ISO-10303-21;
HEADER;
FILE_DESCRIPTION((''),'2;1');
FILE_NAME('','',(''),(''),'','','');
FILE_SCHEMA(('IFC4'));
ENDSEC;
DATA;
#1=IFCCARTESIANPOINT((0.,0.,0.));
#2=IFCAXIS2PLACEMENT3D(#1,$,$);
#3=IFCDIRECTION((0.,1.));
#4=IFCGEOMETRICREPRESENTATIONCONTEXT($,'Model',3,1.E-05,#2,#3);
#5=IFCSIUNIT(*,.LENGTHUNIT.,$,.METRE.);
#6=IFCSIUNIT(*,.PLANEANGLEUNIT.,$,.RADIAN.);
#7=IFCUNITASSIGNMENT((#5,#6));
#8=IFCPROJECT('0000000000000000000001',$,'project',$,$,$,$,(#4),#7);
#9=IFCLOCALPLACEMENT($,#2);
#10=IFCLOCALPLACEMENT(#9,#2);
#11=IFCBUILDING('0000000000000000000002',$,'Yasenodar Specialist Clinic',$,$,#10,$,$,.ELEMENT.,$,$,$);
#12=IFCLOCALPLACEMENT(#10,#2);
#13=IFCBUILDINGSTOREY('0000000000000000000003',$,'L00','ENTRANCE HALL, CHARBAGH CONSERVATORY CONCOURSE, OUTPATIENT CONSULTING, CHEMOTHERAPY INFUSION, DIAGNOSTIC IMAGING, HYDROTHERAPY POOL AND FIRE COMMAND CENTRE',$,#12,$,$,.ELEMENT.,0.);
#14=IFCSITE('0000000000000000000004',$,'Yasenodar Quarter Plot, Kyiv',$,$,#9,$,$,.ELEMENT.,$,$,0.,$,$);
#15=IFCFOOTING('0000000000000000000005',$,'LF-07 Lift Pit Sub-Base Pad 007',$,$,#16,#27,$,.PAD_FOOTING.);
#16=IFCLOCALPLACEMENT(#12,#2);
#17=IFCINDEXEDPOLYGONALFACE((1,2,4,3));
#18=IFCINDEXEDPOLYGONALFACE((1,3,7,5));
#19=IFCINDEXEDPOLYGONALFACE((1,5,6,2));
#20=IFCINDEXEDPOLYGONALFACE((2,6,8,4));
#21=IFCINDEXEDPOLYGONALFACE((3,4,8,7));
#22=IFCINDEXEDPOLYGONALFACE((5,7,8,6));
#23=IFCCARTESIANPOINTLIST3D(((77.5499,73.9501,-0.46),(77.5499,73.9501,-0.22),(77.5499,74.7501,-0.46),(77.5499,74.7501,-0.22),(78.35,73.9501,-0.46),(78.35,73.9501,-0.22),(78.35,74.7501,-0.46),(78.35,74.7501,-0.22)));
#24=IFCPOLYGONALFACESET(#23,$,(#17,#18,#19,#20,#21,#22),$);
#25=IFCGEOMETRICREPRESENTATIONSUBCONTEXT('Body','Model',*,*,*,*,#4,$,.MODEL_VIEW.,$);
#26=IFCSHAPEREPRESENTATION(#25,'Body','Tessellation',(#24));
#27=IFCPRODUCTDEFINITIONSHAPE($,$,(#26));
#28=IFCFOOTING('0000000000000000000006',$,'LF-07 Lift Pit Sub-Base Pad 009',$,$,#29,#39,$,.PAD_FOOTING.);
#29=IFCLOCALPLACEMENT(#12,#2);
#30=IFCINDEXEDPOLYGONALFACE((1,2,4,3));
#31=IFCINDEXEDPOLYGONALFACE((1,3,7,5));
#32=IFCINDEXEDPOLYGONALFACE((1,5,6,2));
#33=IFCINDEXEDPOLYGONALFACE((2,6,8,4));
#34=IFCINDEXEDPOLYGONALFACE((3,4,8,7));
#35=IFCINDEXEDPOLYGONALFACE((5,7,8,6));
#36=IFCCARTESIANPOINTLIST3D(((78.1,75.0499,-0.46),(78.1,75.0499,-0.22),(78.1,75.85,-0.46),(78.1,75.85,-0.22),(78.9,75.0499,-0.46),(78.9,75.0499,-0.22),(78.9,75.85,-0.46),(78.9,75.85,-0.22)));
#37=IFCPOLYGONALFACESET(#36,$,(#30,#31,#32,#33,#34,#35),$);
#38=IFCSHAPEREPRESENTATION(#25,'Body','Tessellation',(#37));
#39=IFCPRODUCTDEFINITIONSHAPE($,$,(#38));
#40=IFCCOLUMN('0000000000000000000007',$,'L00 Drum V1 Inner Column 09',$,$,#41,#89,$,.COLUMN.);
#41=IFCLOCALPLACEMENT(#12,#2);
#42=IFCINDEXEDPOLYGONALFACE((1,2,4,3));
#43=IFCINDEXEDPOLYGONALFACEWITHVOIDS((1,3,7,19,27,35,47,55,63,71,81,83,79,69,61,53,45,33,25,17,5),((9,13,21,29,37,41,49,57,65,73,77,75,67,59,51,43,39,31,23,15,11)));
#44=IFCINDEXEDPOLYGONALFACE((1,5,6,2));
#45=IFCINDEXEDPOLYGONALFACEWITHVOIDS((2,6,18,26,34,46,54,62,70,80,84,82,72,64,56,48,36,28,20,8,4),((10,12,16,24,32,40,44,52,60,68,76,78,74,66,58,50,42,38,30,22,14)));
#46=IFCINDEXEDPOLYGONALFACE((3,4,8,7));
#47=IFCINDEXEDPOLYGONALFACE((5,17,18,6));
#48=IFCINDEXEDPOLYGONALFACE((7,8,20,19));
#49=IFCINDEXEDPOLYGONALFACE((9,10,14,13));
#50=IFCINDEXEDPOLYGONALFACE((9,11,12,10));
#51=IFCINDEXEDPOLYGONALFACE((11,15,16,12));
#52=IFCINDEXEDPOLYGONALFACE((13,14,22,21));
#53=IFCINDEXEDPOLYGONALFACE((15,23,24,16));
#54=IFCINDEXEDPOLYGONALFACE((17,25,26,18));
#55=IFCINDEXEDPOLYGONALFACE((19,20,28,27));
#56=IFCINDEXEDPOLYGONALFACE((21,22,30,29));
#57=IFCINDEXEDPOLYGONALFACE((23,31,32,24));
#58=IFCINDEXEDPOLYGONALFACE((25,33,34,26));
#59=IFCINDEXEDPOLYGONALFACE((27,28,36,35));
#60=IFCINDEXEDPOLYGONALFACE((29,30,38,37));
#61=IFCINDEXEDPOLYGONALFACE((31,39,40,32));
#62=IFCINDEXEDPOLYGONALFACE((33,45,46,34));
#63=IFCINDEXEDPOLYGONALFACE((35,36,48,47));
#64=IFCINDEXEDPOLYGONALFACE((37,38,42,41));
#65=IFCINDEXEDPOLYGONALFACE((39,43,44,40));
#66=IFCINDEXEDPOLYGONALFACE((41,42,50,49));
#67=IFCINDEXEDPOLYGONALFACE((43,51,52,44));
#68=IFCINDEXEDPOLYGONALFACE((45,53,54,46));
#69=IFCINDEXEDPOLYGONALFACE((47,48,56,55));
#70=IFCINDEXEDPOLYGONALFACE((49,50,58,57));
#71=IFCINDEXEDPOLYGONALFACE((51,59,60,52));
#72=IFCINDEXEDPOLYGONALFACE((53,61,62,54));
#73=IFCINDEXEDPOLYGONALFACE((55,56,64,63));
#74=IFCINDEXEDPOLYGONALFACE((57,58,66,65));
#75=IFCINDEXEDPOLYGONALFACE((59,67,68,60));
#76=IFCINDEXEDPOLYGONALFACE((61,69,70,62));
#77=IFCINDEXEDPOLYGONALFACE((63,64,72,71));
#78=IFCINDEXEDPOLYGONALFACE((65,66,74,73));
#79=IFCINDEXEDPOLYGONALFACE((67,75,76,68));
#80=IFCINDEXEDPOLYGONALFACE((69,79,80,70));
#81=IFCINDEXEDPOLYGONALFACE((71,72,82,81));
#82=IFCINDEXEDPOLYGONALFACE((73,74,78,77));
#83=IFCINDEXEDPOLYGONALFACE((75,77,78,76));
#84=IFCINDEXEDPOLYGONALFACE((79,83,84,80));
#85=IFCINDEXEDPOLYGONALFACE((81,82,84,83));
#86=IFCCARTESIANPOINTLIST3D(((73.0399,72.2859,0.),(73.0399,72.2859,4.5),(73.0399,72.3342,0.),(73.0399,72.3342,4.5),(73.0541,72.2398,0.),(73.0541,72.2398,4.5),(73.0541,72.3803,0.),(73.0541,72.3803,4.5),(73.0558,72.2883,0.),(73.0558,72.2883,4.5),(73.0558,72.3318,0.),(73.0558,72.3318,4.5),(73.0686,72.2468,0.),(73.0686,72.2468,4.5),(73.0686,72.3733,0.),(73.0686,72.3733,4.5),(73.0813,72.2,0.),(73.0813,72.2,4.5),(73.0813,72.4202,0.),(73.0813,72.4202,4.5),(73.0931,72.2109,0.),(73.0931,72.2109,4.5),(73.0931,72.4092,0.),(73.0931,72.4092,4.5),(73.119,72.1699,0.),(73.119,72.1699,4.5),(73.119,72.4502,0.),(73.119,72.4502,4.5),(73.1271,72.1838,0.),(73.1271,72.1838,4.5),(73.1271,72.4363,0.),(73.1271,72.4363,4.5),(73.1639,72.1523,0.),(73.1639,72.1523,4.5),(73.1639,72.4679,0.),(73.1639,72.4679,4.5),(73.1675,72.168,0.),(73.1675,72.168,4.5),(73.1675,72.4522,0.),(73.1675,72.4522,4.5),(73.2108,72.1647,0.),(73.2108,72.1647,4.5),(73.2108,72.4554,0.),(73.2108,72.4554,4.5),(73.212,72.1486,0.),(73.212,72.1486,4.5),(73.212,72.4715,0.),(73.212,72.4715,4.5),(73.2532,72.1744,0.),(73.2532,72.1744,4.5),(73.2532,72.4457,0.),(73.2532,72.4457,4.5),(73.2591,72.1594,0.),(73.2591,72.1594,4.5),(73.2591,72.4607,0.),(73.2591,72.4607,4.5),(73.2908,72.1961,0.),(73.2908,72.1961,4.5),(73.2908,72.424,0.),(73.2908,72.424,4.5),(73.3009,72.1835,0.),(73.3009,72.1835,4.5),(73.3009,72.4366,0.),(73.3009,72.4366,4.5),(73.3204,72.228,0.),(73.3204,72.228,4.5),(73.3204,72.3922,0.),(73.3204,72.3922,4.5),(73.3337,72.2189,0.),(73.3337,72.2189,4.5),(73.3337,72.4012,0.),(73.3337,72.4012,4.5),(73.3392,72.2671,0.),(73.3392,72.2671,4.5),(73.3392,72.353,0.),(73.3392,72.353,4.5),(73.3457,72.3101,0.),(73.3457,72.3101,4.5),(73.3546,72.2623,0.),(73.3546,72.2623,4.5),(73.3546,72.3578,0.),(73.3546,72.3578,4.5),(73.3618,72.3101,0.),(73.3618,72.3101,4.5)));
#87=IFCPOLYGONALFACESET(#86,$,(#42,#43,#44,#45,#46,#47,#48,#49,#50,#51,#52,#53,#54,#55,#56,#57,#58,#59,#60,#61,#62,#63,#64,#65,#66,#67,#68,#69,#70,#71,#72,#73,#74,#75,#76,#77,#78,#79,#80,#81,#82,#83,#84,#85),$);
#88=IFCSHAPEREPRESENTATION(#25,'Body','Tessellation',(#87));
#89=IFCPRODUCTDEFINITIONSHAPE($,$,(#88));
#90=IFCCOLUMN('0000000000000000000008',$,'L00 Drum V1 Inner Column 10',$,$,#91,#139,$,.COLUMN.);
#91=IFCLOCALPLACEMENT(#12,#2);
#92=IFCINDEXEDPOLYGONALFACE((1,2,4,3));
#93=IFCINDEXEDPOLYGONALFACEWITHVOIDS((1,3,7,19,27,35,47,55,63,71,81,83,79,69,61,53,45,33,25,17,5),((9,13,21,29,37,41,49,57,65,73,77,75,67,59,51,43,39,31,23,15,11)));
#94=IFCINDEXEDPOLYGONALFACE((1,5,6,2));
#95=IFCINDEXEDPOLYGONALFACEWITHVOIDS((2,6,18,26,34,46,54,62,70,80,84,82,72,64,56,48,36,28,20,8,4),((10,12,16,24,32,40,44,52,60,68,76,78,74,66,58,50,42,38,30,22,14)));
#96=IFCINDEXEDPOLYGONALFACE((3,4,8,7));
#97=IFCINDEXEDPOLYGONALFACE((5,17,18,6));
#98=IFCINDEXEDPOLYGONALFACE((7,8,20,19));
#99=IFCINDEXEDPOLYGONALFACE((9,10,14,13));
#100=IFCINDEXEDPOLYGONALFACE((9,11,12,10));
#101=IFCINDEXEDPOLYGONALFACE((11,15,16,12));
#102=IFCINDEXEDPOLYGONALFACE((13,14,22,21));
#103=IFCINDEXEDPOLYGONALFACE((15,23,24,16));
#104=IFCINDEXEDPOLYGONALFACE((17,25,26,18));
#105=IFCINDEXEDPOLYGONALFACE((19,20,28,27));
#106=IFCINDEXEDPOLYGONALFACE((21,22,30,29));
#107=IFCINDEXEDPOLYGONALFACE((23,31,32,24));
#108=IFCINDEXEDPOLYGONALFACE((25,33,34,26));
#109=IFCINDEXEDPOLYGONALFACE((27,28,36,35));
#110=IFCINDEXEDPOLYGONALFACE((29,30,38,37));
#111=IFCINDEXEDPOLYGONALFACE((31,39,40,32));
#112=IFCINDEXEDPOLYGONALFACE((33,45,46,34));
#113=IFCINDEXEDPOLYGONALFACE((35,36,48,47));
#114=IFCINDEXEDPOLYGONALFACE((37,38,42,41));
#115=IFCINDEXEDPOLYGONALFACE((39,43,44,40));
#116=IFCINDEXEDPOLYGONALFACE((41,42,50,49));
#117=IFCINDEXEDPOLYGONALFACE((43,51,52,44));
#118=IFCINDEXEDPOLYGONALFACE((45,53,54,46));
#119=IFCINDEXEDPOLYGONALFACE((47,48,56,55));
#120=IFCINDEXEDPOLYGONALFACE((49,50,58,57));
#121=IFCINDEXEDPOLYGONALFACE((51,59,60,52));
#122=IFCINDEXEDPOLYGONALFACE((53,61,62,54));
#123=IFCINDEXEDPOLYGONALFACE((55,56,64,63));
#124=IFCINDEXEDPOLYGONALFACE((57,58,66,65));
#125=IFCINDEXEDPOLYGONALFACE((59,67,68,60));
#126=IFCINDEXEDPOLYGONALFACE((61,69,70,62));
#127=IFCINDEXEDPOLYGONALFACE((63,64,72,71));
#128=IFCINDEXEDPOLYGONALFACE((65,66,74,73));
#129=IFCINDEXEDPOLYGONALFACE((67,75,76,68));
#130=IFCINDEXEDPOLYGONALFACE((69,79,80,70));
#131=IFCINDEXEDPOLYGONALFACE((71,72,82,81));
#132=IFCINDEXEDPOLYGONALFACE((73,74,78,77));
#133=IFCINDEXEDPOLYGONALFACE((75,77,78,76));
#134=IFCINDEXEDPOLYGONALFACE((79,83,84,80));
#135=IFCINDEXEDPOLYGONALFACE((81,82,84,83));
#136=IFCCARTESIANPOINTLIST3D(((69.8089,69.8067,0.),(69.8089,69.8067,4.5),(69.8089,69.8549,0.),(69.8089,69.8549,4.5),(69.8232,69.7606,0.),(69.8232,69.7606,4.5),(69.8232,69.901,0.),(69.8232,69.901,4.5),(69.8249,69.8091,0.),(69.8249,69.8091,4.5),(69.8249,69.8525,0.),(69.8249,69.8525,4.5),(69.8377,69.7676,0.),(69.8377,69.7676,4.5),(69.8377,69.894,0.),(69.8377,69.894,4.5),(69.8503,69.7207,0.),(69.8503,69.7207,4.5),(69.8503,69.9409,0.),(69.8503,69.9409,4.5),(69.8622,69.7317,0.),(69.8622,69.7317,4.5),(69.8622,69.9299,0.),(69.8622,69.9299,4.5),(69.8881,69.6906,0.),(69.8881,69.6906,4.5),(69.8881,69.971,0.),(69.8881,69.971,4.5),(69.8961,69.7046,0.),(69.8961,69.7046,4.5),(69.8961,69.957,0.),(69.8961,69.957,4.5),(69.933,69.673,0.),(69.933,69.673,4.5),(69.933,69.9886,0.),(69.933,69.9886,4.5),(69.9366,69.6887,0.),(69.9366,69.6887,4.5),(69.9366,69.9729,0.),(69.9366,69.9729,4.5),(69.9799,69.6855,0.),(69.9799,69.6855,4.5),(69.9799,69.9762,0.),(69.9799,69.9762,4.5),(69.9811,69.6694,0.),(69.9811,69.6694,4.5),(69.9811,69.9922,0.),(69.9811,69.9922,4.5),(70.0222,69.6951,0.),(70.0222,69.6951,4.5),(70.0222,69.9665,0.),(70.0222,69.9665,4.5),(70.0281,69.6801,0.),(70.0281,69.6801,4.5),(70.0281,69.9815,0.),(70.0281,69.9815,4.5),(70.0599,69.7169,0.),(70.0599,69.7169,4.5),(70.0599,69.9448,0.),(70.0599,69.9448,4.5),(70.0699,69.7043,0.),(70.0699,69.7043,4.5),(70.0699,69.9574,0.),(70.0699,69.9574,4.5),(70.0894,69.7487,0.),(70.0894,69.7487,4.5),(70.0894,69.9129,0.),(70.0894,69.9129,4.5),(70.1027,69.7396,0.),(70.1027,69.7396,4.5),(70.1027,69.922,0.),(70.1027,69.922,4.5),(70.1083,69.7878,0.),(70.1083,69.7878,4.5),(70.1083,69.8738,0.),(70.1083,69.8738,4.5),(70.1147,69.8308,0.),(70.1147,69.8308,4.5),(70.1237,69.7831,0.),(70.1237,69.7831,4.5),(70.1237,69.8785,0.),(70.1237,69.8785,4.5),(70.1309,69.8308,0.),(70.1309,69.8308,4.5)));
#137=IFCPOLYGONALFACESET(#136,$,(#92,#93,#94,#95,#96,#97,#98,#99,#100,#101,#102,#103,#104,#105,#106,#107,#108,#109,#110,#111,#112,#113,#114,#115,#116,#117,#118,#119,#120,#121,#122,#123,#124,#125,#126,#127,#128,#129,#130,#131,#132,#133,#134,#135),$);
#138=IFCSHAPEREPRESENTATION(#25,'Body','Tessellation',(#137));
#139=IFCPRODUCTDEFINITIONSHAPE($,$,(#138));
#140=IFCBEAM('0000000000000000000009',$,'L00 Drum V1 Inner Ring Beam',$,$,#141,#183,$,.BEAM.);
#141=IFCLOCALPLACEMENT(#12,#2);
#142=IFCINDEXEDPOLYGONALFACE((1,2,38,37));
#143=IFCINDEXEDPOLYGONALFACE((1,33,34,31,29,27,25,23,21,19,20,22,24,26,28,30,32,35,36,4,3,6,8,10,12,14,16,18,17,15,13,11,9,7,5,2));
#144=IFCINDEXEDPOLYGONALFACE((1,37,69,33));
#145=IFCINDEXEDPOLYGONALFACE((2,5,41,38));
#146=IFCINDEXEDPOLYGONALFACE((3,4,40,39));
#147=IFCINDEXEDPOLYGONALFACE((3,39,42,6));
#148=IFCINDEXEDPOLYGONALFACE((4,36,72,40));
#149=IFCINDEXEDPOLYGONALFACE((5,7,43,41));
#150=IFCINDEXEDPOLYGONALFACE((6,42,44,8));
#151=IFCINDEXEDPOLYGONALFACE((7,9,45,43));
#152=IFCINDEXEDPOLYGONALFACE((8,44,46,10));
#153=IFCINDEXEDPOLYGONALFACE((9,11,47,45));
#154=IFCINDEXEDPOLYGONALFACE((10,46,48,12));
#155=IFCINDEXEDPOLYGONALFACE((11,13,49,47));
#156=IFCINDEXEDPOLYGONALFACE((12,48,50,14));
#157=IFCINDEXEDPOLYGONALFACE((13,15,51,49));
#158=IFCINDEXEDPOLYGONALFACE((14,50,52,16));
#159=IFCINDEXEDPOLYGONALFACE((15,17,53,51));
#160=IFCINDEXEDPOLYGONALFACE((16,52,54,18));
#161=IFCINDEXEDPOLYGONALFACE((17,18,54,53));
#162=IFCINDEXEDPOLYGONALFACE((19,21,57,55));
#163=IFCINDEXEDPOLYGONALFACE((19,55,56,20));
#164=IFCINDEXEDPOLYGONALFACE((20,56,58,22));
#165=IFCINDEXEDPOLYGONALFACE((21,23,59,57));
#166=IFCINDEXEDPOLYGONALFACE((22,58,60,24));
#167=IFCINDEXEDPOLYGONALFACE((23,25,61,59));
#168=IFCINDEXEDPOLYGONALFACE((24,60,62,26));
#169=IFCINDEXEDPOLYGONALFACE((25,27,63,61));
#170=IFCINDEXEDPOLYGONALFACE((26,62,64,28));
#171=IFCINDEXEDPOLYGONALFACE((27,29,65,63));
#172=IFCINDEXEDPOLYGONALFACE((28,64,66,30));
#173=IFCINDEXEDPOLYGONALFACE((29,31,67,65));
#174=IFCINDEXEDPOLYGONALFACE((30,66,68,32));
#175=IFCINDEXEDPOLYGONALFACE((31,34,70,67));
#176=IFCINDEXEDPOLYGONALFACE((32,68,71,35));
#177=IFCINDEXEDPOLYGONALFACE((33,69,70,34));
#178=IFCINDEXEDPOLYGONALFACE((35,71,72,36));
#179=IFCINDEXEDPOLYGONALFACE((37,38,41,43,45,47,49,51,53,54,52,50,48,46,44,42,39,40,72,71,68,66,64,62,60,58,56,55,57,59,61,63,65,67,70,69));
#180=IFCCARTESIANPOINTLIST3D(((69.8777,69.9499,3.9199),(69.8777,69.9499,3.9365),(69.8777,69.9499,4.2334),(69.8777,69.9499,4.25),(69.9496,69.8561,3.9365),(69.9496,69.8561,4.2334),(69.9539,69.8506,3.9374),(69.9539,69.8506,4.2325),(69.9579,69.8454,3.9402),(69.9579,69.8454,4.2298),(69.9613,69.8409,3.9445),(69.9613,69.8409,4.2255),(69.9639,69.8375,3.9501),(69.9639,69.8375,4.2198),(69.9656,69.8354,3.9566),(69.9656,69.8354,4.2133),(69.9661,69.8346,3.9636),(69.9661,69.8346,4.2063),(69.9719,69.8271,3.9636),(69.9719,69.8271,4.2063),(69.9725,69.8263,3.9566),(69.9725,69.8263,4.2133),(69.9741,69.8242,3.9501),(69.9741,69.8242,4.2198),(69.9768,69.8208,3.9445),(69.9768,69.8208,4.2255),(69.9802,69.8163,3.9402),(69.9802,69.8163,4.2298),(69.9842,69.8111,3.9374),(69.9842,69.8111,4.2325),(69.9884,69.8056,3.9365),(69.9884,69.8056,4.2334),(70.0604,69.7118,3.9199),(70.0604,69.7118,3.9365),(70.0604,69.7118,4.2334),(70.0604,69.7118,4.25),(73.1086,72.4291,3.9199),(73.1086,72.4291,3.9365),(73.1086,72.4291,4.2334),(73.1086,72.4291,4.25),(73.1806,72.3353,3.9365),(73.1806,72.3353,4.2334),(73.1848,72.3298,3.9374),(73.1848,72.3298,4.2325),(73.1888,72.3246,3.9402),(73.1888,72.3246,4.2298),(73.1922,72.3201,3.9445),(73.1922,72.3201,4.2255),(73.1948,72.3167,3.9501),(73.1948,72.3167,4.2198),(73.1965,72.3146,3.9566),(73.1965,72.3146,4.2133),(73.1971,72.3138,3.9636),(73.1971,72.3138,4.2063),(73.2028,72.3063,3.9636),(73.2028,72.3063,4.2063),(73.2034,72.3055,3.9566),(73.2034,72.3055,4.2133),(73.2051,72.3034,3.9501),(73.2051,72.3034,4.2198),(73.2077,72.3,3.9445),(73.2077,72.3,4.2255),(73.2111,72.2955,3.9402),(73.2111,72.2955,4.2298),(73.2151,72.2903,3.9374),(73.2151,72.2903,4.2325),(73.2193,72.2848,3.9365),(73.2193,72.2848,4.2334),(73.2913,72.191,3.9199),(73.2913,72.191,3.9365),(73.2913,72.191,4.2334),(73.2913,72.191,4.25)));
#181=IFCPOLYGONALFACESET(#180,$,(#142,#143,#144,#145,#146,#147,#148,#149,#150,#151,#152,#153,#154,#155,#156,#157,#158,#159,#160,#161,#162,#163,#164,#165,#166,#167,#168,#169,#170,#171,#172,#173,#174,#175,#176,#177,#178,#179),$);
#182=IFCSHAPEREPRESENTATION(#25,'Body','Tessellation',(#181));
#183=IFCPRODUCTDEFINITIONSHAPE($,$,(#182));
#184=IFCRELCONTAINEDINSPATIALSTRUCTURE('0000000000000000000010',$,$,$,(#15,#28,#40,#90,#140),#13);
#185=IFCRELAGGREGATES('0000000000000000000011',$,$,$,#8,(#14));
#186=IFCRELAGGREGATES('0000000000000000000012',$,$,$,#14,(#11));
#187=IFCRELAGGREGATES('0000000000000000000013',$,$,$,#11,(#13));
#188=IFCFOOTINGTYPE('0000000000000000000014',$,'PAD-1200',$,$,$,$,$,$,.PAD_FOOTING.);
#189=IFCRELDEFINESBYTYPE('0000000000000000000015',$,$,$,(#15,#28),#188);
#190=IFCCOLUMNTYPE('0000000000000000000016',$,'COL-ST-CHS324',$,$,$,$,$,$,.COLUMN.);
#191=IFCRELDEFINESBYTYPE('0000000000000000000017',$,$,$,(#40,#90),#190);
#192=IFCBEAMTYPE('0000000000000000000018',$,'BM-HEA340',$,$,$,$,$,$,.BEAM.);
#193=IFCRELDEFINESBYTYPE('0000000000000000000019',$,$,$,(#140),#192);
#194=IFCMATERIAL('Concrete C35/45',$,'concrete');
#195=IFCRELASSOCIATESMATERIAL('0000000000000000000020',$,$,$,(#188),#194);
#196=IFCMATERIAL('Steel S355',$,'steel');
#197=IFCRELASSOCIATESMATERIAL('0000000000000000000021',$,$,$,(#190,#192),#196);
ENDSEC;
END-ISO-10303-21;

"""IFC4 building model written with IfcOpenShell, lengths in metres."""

from ifc_helpers import new_model, si_unit, direction, frame, origin, origin_2d, place, context, subcontext, project, spatial, rectangle, hollow_circle, i_section, extrude, material, material_profile, profile_set, type_object, element, save


model = new_model("IFC4")

# Units and contexts
model_context = context("Model", 3, precision=1e-05, world=origin(), true_north=direction((0.0, 1.0)))
body_context = subcontext(model_context, "Body", "Model", "MODEL_VIEW")
ifc_project = project(units=[si_unit("LENGTHUNIT", "METRE"), si_unit("PLANEANGLEUNIT", "RADIAN")], contexts=[model_context])

# Site, building, storey
site_placement = place(None, origin())
site = spatial("IfcSite", under=ifc_project, at=site_placement, Name="Yasenodar Quarter Plot, Kyiv", CompositionType="ELEMENT", RefElevation=0.0)
building_placement = place(site_placement, origin())
building = spatial("IfcBuilding", under=site, at=building_placement, Name="Yasenodar Specialist Clinic", CompositionType="ELEMENT")
storey_placement = place(building_placement, origin())
storey = spatial("IfcBuildingStorey", under=building, at=storey_placement, Name="L00", Description="ENTRANCE HALL, CHARBAGH CONSERVATORY CONCOURSE, OUTPATIENT CONSULTING, CHEMOTHERAPY INFUSION, DIAGNOSTIC IMAGING, HYDROTHERAPY POOL AND FIRE COMMAND CENTRE", CompositionType="ELEMENT", Elevation=0.0)

# Footings
ifc_material_1 = material(Name="Concrete C35/45", Category="concrete")
footing_type = type_object("IfcFootingType", Name="PAD-1200", PredefinedType="PAD_FOOTING", material=ifc_material_1)
for number, where, z_axis, x_axis, name in (
    (1, (77.95, 74.3501, -0.46), (0.0, 0.0, 1.0), (1.0, 0.0, 0.0), "LF-07 Lift Pit Sub-Base Pad 007"),
    (2, (78.5, 75.45, -0.46), (0.0, 0.0, 1.0), (1.0, 0.0, 0.0), "LF-07 Lift Pit Sub-Base Pad 009"),
):
    element("IfcFooting", number, at=place(storey_placement, frame(where, z_axis=z_axis, x_axis=x_axis)), inside=storey, type_object=footing_type, Name=name, PredefinedType="PAD_FOOTING", context=body_context, shape_type="SweptSolid", body=[
        extrude(rectangle(XDim=0.8, YDim=0.8, at=origin_2d()), origin(), (0.0, 0.0, 1.0), 0.24),
    ])

# Columns
ifc_material_2 = material(Name="Steel S355", Category="steel")
ifc_material_profile_1 = material_profile(ifc_material_2, hollow_circle(Radius=0.1619, WallThickness=0.0161, at=origin_2d()), Name="CHS 323.9x16")
ifc_profile_set_1 = profile_set([ifc_material_profile_1], Name="Steel S355")
column_type = type_object("IfcColumnType", Name="COL-ST-CHS324", PredefinedType="COLUMN", material=ifc_profile_set_1)
for number, where, z_axis, x_axis, name in (
    (3, (73.2, 72.3101, 0.0), (0.0, 0.0, 1.0), (1.0, 0.0, 0.0), "L00 Drum V1 Inner Column 09"),
    (4, (69.969, 69.8308, 0.0), (0.0, 0.0, 1.0), (1.0, 0.0, 0.0), "L00 Drum V1 Inner Column 10"),
):
    element("IfcColumn", number, at=place(storey_placement, frame(where, z_axis=z_axis, x_axis=x_axis)), inside=storey, type_object=column_type, Name=name, PredefinedType="COLUMN", context=body_context, shape_type="SweptSolid", body=[
        extrude(hollow_circle(Radius=0.1619, WallThickness=0.0161, at=origin_2d()), origin(), (0.0, 0.0, 1.0), 4.5),
    ])

# Beam
ifc_material_profile_2 = material_profile(ifc_material_2, i_section(OverallWidth=0.3, OverallDepth=0.3301, WebThickness=0.0095, FlangeThickness=0.0166, FilletRadius=0.0271, at=origin_2d()), Name="HEA 340")
ifc_profile_set_2 = profile_set([ifc_material_profile_2], Name="Steel S355")
beam_type_1 = type_object("IfcBeamType", Name="BM-HEA340", PredefinedType="BEAM", material=ifc_profile_set_2)
beam_1_placement = place(storey_placement, frame((73.2, 72.3101, 4.085), z_axis=(-0.793348, -0.608769, 0.0), x_axis=(0.608769, -0.793348, 0.0)))
element("IfcBeam", 5, at=beam_1_placement, inside=storey, type_object=beam_type_1, Name="L00 Drum V1 Inner Ring Beam", PredefinedType="BEAM", context=body_context, shape_type="SweptSolid", body=[
    extrude(i_section(OverallWidth=0.3, OverallDepth=0.3301, WebThickness=0.0095, FlangeThickness=0.0166, FilletRadius=0.0271, at=origin_2d()), origin(), (0.0, 0.0, 1.0), 4.0725),
])

save(model, "model.ifc")
